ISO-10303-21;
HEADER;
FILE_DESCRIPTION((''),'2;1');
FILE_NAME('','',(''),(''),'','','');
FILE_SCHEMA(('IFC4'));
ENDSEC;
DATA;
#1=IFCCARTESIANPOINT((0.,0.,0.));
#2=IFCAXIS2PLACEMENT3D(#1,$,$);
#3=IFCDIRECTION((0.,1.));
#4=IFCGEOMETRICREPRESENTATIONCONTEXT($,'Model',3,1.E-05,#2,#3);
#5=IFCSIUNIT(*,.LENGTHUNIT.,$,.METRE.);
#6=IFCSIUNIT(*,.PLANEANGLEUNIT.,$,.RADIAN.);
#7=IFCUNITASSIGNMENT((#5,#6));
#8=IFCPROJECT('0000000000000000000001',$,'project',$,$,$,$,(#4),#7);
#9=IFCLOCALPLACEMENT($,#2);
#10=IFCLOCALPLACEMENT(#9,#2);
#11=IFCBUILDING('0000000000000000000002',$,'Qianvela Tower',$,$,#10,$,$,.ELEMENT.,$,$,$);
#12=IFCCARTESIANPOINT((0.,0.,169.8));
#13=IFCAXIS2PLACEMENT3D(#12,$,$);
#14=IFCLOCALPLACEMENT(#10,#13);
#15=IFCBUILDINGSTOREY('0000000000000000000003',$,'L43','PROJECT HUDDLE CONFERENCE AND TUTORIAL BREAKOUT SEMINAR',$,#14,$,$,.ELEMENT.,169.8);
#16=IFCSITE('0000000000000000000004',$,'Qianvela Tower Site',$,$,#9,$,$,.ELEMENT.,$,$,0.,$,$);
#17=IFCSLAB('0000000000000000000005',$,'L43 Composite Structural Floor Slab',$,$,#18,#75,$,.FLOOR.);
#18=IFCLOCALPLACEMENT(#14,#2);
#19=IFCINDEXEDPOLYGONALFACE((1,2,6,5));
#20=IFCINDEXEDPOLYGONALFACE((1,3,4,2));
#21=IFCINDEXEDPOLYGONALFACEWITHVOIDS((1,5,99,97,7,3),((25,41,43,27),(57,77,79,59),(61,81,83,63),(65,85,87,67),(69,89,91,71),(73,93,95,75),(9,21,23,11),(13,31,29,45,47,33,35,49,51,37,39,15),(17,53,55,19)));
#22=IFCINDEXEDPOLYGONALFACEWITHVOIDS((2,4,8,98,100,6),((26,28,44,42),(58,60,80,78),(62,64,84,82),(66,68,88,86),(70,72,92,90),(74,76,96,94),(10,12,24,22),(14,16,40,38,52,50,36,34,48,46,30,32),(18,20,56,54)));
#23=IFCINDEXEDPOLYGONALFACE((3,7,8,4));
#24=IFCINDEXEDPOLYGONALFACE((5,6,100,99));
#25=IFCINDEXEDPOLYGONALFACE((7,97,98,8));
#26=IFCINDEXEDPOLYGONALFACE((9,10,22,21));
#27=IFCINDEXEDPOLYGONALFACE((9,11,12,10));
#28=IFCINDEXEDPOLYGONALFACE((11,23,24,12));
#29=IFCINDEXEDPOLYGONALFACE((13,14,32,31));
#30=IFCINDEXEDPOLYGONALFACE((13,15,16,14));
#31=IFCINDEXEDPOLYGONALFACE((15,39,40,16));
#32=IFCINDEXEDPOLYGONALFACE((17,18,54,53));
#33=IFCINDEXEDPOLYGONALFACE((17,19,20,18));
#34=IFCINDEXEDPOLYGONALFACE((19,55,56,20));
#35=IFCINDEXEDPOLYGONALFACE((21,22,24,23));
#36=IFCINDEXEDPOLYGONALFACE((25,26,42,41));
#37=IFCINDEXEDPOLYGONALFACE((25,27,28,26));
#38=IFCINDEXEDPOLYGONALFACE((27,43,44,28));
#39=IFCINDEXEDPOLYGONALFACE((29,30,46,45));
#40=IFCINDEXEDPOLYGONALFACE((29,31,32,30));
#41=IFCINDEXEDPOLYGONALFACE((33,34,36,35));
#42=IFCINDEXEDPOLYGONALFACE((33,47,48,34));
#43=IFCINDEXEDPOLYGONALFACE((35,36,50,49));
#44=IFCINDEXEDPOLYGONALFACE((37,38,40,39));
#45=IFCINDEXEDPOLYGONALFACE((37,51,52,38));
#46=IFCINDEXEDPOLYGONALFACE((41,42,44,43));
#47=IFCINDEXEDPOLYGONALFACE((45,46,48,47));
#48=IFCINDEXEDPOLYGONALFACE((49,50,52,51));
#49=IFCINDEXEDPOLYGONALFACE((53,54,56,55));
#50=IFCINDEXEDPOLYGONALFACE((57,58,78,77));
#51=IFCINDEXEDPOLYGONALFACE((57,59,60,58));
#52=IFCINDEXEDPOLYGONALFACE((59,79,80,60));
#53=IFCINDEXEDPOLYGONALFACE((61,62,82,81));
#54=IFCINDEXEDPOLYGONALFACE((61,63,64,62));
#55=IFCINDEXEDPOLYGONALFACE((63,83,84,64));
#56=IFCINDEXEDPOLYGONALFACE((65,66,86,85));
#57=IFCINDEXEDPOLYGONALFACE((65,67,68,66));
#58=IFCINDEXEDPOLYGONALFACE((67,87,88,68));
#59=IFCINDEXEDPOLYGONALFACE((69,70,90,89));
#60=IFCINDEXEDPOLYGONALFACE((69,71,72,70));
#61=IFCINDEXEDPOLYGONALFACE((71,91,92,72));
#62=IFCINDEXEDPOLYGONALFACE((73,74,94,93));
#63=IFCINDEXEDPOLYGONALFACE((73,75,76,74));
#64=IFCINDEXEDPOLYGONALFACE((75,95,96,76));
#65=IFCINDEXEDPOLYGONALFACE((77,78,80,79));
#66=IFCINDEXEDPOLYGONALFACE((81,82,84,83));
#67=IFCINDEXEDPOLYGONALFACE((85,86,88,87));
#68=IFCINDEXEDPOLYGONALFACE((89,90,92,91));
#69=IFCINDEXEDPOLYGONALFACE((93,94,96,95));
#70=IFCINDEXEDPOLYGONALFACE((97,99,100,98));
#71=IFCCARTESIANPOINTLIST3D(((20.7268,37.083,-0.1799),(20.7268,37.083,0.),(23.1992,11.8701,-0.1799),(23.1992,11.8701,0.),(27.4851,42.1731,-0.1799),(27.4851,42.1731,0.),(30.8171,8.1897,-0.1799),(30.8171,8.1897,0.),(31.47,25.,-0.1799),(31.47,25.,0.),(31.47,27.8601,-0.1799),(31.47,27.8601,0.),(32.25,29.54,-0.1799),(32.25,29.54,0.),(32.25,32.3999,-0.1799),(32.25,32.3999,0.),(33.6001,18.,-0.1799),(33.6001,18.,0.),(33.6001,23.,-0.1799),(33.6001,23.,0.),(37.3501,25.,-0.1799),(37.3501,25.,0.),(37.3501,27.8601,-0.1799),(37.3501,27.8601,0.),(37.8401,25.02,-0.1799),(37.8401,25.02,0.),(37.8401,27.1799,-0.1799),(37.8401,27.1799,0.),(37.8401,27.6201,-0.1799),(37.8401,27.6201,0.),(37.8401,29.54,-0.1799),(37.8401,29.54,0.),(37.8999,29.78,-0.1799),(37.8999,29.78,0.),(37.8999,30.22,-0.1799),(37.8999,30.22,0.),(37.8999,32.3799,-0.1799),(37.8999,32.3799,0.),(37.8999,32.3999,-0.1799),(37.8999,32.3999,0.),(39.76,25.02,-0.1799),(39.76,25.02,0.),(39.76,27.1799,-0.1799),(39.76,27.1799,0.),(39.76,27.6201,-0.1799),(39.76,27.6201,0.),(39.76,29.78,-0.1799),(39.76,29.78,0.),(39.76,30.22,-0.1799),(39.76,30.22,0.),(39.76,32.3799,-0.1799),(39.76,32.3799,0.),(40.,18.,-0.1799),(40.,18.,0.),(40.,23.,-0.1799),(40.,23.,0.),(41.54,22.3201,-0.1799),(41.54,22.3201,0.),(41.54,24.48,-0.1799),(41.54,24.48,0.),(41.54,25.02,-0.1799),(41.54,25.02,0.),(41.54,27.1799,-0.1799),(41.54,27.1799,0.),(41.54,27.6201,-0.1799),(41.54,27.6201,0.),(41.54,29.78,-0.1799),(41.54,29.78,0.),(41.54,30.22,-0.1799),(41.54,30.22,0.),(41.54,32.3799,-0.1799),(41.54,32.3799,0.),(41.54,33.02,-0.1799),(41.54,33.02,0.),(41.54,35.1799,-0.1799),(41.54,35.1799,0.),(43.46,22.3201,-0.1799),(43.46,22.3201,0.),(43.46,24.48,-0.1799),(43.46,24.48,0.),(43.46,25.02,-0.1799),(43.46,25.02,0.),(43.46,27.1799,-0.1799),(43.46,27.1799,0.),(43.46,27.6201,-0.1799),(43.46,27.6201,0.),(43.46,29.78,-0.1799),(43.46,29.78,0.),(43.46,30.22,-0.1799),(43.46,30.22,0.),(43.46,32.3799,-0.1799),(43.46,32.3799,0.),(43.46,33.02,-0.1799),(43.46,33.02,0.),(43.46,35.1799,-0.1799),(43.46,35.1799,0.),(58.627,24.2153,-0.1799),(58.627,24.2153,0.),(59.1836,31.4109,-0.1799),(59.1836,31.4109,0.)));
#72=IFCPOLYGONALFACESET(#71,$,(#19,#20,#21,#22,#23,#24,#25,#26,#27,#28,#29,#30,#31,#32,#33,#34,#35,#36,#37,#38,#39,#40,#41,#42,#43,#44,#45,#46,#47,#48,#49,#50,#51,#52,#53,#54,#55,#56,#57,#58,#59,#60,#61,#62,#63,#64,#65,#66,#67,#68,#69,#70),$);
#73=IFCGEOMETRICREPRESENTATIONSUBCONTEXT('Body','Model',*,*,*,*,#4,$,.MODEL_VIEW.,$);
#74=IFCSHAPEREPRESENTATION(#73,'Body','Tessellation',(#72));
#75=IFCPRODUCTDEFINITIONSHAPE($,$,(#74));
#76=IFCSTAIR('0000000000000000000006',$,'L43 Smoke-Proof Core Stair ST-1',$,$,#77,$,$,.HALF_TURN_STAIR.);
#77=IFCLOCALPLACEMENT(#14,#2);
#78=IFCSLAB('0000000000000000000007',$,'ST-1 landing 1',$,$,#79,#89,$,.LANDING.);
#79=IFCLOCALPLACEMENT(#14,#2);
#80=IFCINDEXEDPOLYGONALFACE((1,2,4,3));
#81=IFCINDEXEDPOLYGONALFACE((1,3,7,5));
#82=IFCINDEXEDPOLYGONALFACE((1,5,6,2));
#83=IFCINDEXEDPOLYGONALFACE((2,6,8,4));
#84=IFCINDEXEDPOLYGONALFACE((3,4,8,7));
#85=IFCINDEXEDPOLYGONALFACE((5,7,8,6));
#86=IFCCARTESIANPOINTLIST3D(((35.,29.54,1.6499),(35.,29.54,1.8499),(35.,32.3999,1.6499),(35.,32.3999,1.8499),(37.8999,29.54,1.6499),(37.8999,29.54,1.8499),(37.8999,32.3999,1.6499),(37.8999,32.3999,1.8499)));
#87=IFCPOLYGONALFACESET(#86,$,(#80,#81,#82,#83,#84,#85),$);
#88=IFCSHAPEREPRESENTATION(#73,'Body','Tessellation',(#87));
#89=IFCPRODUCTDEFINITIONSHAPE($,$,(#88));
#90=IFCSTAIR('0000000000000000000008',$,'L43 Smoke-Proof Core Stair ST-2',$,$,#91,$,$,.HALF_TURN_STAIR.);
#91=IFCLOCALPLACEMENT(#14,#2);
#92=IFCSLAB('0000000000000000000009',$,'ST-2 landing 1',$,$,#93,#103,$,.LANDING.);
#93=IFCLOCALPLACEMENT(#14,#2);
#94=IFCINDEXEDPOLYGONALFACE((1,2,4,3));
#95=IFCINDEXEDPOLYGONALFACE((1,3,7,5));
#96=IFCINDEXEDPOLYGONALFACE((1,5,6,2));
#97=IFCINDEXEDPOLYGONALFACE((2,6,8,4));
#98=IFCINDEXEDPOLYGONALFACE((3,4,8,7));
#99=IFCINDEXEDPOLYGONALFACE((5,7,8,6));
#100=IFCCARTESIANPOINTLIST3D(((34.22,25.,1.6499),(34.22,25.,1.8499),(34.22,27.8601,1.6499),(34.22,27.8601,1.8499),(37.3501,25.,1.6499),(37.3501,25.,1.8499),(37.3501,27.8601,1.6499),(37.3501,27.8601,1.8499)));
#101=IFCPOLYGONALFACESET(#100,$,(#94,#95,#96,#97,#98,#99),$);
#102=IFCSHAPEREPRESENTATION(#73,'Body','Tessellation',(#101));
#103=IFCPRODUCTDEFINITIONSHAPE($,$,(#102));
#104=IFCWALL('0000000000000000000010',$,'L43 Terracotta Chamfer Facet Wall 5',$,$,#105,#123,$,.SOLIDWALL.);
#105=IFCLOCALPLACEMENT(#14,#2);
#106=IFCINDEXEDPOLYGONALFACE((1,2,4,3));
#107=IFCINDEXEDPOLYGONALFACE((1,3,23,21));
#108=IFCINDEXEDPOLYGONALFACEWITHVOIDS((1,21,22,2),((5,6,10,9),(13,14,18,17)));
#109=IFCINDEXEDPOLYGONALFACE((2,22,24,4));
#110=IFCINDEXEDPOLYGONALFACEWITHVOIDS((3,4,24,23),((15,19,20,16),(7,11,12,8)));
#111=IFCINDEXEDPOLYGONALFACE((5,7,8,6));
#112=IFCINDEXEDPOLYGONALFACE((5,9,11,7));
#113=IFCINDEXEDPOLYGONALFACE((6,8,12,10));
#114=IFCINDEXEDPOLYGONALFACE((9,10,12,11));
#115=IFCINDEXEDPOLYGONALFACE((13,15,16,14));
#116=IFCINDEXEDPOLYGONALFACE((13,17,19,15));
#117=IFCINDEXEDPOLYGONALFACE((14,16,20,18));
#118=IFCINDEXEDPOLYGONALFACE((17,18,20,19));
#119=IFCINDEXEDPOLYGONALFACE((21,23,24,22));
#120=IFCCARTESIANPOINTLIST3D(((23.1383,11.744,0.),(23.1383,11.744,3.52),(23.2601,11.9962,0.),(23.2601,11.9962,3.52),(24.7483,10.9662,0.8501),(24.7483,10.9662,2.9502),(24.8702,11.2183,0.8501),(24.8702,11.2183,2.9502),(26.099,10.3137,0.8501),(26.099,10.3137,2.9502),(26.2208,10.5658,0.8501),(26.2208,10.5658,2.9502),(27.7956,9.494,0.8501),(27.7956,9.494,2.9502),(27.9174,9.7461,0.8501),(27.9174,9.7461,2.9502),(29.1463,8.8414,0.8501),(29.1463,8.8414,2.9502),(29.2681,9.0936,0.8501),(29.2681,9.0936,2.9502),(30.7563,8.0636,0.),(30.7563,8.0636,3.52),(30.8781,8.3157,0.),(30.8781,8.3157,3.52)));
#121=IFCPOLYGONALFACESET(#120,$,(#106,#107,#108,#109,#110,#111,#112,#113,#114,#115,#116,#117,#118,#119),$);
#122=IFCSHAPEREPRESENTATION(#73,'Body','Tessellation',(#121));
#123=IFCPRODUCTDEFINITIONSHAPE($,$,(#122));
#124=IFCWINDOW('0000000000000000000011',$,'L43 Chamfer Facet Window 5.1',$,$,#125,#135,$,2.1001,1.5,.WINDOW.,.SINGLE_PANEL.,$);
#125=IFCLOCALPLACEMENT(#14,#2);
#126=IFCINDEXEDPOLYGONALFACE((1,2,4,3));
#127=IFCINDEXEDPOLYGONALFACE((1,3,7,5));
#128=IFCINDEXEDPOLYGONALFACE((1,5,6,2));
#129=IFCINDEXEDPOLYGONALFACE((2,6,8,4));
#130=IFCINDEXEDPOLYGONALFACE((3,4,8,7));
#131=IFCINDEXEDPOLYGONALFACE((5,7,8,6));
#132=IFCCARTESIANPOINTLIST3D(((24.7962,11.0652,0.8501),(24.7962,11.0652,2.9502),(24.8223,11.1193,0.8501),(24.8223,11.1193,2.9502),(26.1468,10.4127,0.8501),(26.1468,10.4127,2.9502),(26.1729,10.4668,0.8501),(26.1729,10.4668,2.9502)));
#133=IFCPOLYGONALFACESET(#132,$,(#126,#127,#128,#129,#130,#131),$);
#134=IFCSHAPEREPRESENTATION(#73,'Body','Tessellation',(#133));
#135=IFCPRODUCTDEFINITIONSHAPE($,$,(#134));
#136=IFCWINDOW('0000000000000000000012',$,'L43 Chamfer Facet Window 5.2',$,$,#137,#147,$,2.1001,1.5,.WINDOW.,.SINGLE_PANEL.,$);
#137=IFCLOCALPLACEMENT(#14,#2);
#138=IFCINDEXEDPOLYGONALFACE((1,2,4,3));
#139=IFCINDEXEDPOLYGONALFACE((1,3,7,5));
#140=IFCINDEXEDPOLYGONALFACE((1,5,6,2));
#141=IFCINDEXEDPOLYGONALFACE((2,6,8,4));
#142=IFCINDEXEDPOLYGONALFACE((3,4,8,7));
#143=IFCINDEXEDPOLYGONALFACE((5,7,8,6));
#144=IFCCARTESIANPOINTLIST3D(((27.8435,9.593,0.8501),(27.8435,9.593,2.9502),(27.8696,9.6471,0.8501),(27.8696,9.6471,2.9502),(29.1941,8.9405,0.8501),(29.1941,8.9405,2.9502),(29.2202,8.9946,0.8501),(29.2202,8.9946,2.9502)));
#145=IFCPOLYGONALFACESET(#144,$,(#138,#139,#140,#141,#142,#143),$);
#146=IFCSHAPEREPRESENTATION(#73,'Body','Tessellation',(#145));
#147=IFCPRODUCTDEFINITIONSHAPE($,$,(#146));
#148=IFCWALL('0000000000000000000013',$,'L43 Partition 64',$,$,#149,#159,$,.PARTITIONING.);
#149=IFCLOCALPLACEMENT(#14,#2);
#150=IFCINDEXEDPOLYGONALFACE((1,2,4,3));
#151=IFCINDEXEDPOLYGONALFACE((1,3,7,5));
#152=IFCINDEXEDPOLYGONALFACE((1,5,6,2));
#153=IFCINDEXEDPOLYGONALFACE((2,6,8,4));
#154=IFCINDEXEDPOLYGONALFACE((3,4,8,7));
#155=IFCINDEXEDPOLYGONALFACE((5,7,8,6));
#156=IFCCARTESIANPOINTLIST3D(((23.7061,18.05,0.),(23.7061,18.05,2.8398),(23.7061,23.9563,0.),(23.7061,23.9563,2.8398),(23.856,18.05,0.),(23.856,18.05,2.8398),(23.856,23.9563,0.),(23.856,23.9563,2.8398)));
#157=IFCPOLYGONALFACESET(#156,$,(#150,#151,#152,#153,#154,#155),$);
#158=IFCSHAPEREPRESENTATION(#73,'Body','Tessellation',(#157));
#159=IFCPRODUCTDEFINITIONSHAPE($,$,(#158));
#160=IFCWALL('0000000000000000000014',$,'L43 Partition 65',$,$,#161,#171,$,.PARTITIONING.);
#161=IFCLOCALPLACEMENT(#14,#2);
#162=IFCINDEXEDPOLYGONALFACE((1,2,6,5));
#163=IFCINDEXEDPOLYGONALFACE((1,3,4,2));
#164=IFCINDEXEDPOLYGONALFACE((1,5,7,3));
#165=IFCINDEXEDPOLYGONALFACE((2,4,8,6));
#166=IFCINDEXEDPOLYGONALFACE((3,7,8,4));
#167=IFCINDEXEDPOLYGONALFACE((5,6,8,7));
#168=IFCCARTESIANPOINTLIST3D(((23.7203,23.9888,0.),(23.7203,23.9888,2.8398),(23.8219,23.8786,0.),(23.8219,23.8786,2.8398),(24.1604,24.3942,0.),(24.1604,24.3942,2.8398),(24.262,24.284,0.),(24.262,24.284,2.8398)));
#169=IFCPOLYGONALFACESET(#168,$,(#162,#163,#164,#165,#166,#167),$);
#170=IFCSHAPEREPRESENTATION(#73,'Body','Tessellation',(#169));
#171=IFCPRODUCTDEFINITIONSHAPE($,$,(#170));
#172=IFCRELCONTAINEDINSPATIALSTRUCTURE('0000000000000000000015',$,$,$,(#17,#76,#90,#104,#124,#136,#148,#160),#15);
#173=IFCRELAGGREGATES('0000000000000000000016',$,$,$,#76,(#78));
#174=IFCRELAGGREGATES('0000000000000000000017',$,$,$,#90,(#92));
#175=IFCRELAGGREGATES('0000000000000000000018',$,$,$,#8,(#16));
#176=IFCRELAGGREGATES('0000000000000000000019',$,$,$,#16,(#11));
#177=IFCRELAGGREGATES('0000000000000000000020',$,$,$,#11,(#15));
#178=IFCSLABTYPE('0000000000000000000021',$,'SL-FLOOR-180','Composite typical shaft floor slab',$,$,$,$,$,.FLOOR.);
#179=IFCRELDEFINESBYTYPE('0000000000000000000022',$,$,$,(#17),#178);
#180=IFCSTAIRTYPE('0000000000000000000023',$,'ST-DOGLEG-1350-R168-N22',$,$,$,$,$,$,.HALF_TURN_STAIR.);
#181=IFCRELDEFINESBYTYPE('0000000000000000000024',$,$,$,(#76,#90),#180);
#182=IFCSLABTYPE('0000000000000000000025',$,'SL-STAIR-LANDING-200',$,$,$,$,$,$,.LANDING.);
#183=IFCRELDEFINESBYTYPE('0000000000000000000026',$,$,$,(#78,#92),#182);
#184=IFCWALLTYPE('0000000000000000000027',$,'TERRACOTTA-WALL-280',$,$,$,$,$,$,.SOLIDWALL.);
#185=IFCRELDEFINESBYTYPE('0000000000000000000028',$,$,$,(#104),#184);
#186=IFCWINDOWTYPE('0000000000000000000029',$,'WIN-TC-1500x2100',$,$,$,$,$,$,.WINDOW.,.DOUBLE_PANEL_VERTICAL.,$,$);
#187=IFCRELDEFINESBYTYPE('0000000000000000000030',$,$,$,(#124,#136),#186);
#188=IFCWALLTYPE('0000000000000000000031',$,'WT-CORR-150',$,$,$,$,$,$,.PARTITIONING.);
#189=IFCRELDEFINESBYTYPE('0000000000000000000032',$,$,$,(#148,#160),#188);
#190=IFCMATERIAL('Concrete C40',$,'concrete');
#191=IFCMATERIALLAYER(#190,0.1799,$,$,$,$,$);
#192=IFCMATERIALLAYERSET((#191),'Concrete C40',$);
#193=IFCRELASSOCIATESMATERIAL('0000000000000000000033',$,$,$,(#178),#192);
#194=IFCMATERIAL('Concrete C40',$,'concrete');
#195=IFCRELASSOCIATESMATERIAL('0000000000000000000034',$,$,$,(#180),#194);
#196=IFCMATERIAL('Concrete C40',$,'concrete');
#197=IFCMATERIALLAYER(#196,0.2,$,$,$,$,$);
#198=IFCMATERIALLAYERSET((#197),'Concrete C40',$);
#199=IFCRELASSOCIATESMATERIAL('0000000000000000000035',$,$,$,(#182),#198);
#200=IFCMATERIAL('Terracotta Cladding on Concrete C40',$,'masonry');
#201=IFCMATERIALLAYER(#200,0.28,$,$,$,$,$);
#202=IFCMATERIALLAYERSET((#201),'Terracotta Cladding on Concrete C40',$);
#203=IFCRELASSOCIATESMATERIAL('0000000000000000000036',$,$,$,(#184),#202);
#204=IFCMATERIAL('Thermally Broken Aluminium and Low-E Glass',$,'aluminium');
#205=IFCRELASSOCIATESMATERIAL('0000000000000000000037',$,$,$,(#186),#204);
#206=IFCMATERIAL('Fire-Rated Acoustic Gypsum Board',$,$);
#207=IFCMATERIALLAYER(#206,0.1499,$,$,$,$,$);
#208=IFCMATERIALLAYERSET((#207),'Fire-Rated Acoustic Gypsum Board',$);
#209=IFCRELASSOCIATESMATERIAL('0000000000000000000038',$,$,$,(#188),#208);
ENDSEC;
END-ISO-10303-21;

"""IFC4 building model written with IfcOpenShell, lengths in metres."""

from ifc_helpers import new_model, si_unit, direction, frame, frame_2d, origin, place, context, subcontext, project, spatial, polyline, rectangle, outline, extrude, material, layer, layer_set, type_object, element, fill, aggregate, save


model = new_model("IFC4")

# Units and contexts
model_context = context("Model", 3, precision=1e-05, world=origin(), true_north=direction((0.0, 1.0)))
body_context = subcontext(model_context, "Body", "Model", "MODEL_VIEW")
ifc_project = project(units=[si_unit("LENGTHUNIT", "METRE"), si_unit("PLANEANGLEUNIT", "RADIAN")], contexts=[model_context])

# Site, building, storey
site_placement = place(None, origin())
site = spatial("IfcSite", under=ifc_project, at=site_placement, Name="Qianvela Tower Site", CompositionType="ELEMENT", RefElevation=0.0)
building_placement = place(site_placement, origin())
building = spatial("IfcBuilding", under=site, at=building_placement, Name="Qianvela Tower", CompositionType="ELEMENT")
storey_placement = place(building_placement, frame((0.0, 0.0, 169.8)))
storey = spatial("IfcBuildingStorey", under=building, at=storey_placement, Name="L43", Description="PROJECT HUDDLE CONFERENCE AND TUTORIAL BREAKOUT SEMINAR", CompositionType="ELEMENT", Elevation=169.8)

# Slab
ifc_material_1 = material(Name="Concrete C40", Category="concrete")
ifc_layer_1 = layer(ifc_material_1, 0.1799)
ifc_layer_set_1 = layer_set([ifc_layer_1], Name="Concrete C40")
slab_type_1 = type_object("IfcSlabType", Name="SL-FLOOR-180", Description="Composite typical shaft floor slab", PredefinedType="FLOOR", material=ifc_layer_set_1)
slab_1_placement = place(storey_placement, frame((0.0, 0.0, -0.1799)))
element("IfcSlab", 1, at=slab_1_placement, inside=storey, type_object=slab_type_1, Name="L43 Composite Structural Floor Slab", PredefinedType="FLOOR", context=body_context, shape_type="SweptSolid", body=[
    extrude(outline(polyline([(58.627, 24.2153), (59.1836, 31.4109), (27.4851, 42.1731), (20.7268, 37.083), (23.1992, 11.8701), (30.8171, 8.1897), (58.627, 24.2153)]), holes=[polyline([(40.0, 23.0), (33.6001, 23.0), (33.6001, 18.0), (40.0, 18.0), (40.0, 23.0)]), polyline([(39.76, 27.1799), (37.8401, 27.1799), (37.8401, 25.02), (39.76, 25.02), (39.76, 27.1799)]), polyline([(37.3501, 27.8601), (31.47, 27.8601), (31.47, 25.0), (37.3501, 25.0), (37.3501, 27.8601)]), polyline([(37.8401, 27.6201), (39.76, 27.6201), (39.76, 29.78), (37.8999, 29.78), (37.8999, 30.22), (39.76, 30.22), (39.76, 32.3799), (37.8999, 32.3799), (37.8999, 32.3999), (32.25, 32.3999), (32.25, 29.54), (37.8401, 29.54), (37.8401, 27.6201)]), polyline([(43.46, 22.3201), (43.46, 24.48), (41.54, 24.48), (41.54, 22.3201), (43.46, 22.3201)]), polyline([(43.46, 25.02), (43.46, 27.1799), (41.54, 27.1799), (41.54, 25.02), (43.46, 25.02)]), polyline([(43.46, 29.78), (41.54, 29.78), (41.54, 27.6201), (43.46, 27.6201), (43.46, 29.78)]), polyline([(43.46, 30.22), (43.46, 32.3799), (41.54, 32.3799), (41.54, 30.22), (43.46, 30.22)]), polyline([(43.46, 33.02), (43.46, 35.1799), (41.54, 35.1799), (41.54, 33.02), (43.46, 33.02)])]), origin(), (0.0, 0.0, 1.0), 0.1799),
])

# Stairs, slabs
ifc_material_2 = material(Name="Concrete C40", Category="concrete")
stair_type = type_object("IfcStairType", Name="ST-DOGLEG-1350-R168-N22", PredefinedType="HALF_TURN_STAIR", material=ifc_material_2)
stair_1_placement = place(storey_placement, origin())
stair_1 = element("IfcStair", 2, at=stair_1_placement, inside=storey, type_object=stair_type, Name="L43 Smoke-Proof Core Stair ST-1", PredefinedType="HALF_TURN_STAIR")
ifc_material_3 = material(Name="Concrete C40", Category="concrete")
ifc_layer_2 = layer(ifc_material_3, 0.2)
ifc_layer_set_2 = layer_set([ifc_layer_2], Name="Concrete C40")
slab_type_2 = type_object("IfcSlabType", Name="SL-STAIR-LANDING-200", PredefinedType="LANDING", material=ifc_layer_set_2)
slab_2_placement = place(storey_placement, frame((0.0, 0.0, 1.6499)))
slab_2 = element("IfcSlab", 3, at=slab_2_placement, type_object=slab_type_2, Name="ST-1 landing 1", PredefinedType="LANDING", context=body_context, shape_type="SweptSolid", body=[
    extrude(outline(polyline([(35.0, 29.54), (37.8999, 29.54), (37.8999, 32.3999), (35.0, 32.3999), (35.0, 29.54)])), origin(), (0.0, 0.0, 1.0), 0.2),
])
aggregate(stair_1, [slab_2])
stair_2_placement = place(storey_placement, origin())
stair_2 = element("IfcStair", 4, at=stair_2_placement, inside=storey, type_object=stair_type, Name="L43 Smoke-Proof Core Stair ST-2", PredefinedType="HALF_TURN_STAIR")
slab_3_placement = place(storey_placement, frame((0.0, 0.0, 1.6499)))
slab_3 = element("IfcSlab", 5, at=slab_3_placement, type_object=slab_type_2, Name="ST-2 landing 1", PredefinedType="LANDING", context=body_context, shape_type="SweptSolid", body=[
    extrude(outline(polyline([(34.22, 25.0), (37.3501, 25.0), (37.3501, 27.8601), (34.22, 27.8601), (34.22, 25.0)])), origin(), (0.0, 0.0, 1.0), 0.2),
])
aggregate(stair_2, [slab_3])

# Wall, openings, windows
ifc_material_4 = material(Name="Terracotta Cladding on Concrete C40", Category="masonry")
ifc_layer_3 = layer(ifc_material_4, 0.28)
ifc_layer_set_3 = layer_set([ifc_layer_3], Name="Terracotta Cladding on Concrete C40")
wall_type_1 = type_object("IfcWallType", Name="TERRACOTTA-WALL-280", PredefinedType="SOLIDWALL", material=ifc_layer_set_3)
wall_1_placement = place(storey_placement, frame((23.1992, 11.8701, 0.0), z_axis=(0.0, 0.0, 1.0), x_axis=(0.900422, -0.435018, 0.0)))
wall_1 = element("IfcWall", 6, at=wall_1_placement, inside=storey, type_object=wall_type_1, Name="L43 Terracotta Chamfer Facet Wall 5", PredefinedType="SOLIDWALL", context=body_context, shape_type="SweptSolid", body=[
    extrude(rectangle(XDim=8.4604, YDim=0.28, at=frame_2d((4.2302, 0.0))), origin(), (0.0, 0.0, 1.0), 3.52),
])
opening_1_placement = place(wall_1_placement, frame((1.7881, 0.0, 0.8501)))
opening_1 = element("IfcOpeningElement", 7, at=opening_1_placement, cuts=wall_1, PredefinedType="OPENING", context=body_context, shape_type="SweptSolid", body=[
    extrude(rectangle(XDim=1.5, YDim=2.1001, at=frame_2d((0.75, 1.05))), frame((0.0, 0.1499, 0.0), z_axis=(0.0, -1.0, 0.0), x_axis=(1.0, 0.0, 0.0)), (0.0, 0.0, 1.0), 0.3),
])
opening_2_placement = place(wall_1_placement, frame((5.1724, 0.0, 0.8501)))
opening_2 = element("IfcOpeningElement", 8, at=opening_2_placement, cuts=wall_1, PredefinedType="OPENING", context=body_context, shape_type="SweptSolid", body=[
    extrude(rectangle(XDim=1.5, YDim=2.1001, at=frame_2d((0.75, 1.05))), frame((0.0, 0.1499, 0.0), z_axis=(0.0, -1.0, 0.0), x_axis=(1.0, 0.0, 0.0)), (0.0, 0.0, 1.0), 0.3),
])
ifc_material_5 = material(Name="Thermally Broken Aluminium and Low-E Glass", Category="aluminium")
window_type = type_object("IfcWindowType", Name="WIN-TC-1500x2100", PartitioningType="DOUBLE_PANEL_VERTICAL", PredefinedType="WINDOW", material=ifc_material_5)
window_1_placement = place(opening_1_placement, origin())
window_1 = element("IfcWindow", 9, at=window_1_placement, inside=storey, type_object=window_type, Name="L43 Chamfer Facet Window 5.1", OverallHeight=2.1001, OverallWidth=1.5, PartitioningType="SINGLE_PANEL", PredefinedType="WINDOW", context=body_context, shape_type="SweptSolid", body=[
    extrude(rectangle(XDim=1.5, YDim=2.1001, at=frame_2d((0.75, 1.05))), frame((0.0, 0.03, 0.0), z_axis=(0.0, -1.0, 0.0), x_axis=(1.0, 0.0, 0.0)), (0.0, 0.0, 1.0), 0.0601),
])
fill(opening_1, window_1)
window_2_placement = place(opening_2_placement, origin())
window_2 = element("IfcWindow", 10, at=window_2_placement, inside=storey, type_object=window_type, Name="L43 Chamfer Facet Window 5.2", OverallHeight=2.1001, OverallWidth=1.5, PartitioningType="SINGLE_PANEL", PredefinedType="WINDOW", context=body_context, shape_type="SweptSolid", body=[
    extrude(rectangle(XDim=1.5, YDim=2.1001, at=frame_2d((0.75, 1.05))), frame((0.0, 0.03, 0.0), z_axis=(0.0, -1.0, 0.0), x_axis=(1.0, 0.0, 0.0)), (0.0, 0.0, 1.0), 0.0601),
])
fill(opening_2, window_2)

# Walls
ifc_material_6 = material(Name="Fire-Rated Acoustic Gypsum Board")
ifc_layer_4 = layer(ifc_material_6, 0.1499)
ifc_layer_set_4 = layer_set([ifc_layer_4], Name="Fire-Rated Acoustic Gypsum Board")
wall_type_2 = type_object("IfcWallType", Name="WT-CORR-150", PredefinedType="PARTITIONING", material=ifc_layer_set_4)
wall_2_placement = place(storey_placement, frame((23.781, 18.05, 0.0), z_axis=(0.0, 0.0, 1.0), x_axis=(0.0, 1.0, 0.0)))
element("IfcWall", 11, at=wall_2_placement, inside=storey, type_object=wall_type_2, Name="L43 Partition 64", PredefinedType="PARTITIONING", context=body_context, shape_type="SweptSolid", body=[
    extrude(rectangle(XDim=5.9062, YDim=0.1499, at=frame_2d((2.9531, 0.0))), origin(), (0.0, 0.0, 1.0), 2.8398),
])
wall_3_placement = place(storey_placement, frame((23.771, 23.9336, 0.0), z_axis=(0.0, 0.0, 1.0), x_axis=(0.735476, 0.677551, 0.0)))
element("IfcWall", 12, at=wall_3_placement, inside=storey, type_object=wall_type_2, Name="L43 Partition 65", PredefinedType="PARTITIONING", context=body_context, shape_type="SweptSolid", body=[
    extrude(rectangle(XDim=0.5984, YDim=0.1499, at=frame_2d((0.2993, 0.0))), origin(), (0.0, 0.0, 1.0), 2.8398),
])

save(model, "model.ifc")
